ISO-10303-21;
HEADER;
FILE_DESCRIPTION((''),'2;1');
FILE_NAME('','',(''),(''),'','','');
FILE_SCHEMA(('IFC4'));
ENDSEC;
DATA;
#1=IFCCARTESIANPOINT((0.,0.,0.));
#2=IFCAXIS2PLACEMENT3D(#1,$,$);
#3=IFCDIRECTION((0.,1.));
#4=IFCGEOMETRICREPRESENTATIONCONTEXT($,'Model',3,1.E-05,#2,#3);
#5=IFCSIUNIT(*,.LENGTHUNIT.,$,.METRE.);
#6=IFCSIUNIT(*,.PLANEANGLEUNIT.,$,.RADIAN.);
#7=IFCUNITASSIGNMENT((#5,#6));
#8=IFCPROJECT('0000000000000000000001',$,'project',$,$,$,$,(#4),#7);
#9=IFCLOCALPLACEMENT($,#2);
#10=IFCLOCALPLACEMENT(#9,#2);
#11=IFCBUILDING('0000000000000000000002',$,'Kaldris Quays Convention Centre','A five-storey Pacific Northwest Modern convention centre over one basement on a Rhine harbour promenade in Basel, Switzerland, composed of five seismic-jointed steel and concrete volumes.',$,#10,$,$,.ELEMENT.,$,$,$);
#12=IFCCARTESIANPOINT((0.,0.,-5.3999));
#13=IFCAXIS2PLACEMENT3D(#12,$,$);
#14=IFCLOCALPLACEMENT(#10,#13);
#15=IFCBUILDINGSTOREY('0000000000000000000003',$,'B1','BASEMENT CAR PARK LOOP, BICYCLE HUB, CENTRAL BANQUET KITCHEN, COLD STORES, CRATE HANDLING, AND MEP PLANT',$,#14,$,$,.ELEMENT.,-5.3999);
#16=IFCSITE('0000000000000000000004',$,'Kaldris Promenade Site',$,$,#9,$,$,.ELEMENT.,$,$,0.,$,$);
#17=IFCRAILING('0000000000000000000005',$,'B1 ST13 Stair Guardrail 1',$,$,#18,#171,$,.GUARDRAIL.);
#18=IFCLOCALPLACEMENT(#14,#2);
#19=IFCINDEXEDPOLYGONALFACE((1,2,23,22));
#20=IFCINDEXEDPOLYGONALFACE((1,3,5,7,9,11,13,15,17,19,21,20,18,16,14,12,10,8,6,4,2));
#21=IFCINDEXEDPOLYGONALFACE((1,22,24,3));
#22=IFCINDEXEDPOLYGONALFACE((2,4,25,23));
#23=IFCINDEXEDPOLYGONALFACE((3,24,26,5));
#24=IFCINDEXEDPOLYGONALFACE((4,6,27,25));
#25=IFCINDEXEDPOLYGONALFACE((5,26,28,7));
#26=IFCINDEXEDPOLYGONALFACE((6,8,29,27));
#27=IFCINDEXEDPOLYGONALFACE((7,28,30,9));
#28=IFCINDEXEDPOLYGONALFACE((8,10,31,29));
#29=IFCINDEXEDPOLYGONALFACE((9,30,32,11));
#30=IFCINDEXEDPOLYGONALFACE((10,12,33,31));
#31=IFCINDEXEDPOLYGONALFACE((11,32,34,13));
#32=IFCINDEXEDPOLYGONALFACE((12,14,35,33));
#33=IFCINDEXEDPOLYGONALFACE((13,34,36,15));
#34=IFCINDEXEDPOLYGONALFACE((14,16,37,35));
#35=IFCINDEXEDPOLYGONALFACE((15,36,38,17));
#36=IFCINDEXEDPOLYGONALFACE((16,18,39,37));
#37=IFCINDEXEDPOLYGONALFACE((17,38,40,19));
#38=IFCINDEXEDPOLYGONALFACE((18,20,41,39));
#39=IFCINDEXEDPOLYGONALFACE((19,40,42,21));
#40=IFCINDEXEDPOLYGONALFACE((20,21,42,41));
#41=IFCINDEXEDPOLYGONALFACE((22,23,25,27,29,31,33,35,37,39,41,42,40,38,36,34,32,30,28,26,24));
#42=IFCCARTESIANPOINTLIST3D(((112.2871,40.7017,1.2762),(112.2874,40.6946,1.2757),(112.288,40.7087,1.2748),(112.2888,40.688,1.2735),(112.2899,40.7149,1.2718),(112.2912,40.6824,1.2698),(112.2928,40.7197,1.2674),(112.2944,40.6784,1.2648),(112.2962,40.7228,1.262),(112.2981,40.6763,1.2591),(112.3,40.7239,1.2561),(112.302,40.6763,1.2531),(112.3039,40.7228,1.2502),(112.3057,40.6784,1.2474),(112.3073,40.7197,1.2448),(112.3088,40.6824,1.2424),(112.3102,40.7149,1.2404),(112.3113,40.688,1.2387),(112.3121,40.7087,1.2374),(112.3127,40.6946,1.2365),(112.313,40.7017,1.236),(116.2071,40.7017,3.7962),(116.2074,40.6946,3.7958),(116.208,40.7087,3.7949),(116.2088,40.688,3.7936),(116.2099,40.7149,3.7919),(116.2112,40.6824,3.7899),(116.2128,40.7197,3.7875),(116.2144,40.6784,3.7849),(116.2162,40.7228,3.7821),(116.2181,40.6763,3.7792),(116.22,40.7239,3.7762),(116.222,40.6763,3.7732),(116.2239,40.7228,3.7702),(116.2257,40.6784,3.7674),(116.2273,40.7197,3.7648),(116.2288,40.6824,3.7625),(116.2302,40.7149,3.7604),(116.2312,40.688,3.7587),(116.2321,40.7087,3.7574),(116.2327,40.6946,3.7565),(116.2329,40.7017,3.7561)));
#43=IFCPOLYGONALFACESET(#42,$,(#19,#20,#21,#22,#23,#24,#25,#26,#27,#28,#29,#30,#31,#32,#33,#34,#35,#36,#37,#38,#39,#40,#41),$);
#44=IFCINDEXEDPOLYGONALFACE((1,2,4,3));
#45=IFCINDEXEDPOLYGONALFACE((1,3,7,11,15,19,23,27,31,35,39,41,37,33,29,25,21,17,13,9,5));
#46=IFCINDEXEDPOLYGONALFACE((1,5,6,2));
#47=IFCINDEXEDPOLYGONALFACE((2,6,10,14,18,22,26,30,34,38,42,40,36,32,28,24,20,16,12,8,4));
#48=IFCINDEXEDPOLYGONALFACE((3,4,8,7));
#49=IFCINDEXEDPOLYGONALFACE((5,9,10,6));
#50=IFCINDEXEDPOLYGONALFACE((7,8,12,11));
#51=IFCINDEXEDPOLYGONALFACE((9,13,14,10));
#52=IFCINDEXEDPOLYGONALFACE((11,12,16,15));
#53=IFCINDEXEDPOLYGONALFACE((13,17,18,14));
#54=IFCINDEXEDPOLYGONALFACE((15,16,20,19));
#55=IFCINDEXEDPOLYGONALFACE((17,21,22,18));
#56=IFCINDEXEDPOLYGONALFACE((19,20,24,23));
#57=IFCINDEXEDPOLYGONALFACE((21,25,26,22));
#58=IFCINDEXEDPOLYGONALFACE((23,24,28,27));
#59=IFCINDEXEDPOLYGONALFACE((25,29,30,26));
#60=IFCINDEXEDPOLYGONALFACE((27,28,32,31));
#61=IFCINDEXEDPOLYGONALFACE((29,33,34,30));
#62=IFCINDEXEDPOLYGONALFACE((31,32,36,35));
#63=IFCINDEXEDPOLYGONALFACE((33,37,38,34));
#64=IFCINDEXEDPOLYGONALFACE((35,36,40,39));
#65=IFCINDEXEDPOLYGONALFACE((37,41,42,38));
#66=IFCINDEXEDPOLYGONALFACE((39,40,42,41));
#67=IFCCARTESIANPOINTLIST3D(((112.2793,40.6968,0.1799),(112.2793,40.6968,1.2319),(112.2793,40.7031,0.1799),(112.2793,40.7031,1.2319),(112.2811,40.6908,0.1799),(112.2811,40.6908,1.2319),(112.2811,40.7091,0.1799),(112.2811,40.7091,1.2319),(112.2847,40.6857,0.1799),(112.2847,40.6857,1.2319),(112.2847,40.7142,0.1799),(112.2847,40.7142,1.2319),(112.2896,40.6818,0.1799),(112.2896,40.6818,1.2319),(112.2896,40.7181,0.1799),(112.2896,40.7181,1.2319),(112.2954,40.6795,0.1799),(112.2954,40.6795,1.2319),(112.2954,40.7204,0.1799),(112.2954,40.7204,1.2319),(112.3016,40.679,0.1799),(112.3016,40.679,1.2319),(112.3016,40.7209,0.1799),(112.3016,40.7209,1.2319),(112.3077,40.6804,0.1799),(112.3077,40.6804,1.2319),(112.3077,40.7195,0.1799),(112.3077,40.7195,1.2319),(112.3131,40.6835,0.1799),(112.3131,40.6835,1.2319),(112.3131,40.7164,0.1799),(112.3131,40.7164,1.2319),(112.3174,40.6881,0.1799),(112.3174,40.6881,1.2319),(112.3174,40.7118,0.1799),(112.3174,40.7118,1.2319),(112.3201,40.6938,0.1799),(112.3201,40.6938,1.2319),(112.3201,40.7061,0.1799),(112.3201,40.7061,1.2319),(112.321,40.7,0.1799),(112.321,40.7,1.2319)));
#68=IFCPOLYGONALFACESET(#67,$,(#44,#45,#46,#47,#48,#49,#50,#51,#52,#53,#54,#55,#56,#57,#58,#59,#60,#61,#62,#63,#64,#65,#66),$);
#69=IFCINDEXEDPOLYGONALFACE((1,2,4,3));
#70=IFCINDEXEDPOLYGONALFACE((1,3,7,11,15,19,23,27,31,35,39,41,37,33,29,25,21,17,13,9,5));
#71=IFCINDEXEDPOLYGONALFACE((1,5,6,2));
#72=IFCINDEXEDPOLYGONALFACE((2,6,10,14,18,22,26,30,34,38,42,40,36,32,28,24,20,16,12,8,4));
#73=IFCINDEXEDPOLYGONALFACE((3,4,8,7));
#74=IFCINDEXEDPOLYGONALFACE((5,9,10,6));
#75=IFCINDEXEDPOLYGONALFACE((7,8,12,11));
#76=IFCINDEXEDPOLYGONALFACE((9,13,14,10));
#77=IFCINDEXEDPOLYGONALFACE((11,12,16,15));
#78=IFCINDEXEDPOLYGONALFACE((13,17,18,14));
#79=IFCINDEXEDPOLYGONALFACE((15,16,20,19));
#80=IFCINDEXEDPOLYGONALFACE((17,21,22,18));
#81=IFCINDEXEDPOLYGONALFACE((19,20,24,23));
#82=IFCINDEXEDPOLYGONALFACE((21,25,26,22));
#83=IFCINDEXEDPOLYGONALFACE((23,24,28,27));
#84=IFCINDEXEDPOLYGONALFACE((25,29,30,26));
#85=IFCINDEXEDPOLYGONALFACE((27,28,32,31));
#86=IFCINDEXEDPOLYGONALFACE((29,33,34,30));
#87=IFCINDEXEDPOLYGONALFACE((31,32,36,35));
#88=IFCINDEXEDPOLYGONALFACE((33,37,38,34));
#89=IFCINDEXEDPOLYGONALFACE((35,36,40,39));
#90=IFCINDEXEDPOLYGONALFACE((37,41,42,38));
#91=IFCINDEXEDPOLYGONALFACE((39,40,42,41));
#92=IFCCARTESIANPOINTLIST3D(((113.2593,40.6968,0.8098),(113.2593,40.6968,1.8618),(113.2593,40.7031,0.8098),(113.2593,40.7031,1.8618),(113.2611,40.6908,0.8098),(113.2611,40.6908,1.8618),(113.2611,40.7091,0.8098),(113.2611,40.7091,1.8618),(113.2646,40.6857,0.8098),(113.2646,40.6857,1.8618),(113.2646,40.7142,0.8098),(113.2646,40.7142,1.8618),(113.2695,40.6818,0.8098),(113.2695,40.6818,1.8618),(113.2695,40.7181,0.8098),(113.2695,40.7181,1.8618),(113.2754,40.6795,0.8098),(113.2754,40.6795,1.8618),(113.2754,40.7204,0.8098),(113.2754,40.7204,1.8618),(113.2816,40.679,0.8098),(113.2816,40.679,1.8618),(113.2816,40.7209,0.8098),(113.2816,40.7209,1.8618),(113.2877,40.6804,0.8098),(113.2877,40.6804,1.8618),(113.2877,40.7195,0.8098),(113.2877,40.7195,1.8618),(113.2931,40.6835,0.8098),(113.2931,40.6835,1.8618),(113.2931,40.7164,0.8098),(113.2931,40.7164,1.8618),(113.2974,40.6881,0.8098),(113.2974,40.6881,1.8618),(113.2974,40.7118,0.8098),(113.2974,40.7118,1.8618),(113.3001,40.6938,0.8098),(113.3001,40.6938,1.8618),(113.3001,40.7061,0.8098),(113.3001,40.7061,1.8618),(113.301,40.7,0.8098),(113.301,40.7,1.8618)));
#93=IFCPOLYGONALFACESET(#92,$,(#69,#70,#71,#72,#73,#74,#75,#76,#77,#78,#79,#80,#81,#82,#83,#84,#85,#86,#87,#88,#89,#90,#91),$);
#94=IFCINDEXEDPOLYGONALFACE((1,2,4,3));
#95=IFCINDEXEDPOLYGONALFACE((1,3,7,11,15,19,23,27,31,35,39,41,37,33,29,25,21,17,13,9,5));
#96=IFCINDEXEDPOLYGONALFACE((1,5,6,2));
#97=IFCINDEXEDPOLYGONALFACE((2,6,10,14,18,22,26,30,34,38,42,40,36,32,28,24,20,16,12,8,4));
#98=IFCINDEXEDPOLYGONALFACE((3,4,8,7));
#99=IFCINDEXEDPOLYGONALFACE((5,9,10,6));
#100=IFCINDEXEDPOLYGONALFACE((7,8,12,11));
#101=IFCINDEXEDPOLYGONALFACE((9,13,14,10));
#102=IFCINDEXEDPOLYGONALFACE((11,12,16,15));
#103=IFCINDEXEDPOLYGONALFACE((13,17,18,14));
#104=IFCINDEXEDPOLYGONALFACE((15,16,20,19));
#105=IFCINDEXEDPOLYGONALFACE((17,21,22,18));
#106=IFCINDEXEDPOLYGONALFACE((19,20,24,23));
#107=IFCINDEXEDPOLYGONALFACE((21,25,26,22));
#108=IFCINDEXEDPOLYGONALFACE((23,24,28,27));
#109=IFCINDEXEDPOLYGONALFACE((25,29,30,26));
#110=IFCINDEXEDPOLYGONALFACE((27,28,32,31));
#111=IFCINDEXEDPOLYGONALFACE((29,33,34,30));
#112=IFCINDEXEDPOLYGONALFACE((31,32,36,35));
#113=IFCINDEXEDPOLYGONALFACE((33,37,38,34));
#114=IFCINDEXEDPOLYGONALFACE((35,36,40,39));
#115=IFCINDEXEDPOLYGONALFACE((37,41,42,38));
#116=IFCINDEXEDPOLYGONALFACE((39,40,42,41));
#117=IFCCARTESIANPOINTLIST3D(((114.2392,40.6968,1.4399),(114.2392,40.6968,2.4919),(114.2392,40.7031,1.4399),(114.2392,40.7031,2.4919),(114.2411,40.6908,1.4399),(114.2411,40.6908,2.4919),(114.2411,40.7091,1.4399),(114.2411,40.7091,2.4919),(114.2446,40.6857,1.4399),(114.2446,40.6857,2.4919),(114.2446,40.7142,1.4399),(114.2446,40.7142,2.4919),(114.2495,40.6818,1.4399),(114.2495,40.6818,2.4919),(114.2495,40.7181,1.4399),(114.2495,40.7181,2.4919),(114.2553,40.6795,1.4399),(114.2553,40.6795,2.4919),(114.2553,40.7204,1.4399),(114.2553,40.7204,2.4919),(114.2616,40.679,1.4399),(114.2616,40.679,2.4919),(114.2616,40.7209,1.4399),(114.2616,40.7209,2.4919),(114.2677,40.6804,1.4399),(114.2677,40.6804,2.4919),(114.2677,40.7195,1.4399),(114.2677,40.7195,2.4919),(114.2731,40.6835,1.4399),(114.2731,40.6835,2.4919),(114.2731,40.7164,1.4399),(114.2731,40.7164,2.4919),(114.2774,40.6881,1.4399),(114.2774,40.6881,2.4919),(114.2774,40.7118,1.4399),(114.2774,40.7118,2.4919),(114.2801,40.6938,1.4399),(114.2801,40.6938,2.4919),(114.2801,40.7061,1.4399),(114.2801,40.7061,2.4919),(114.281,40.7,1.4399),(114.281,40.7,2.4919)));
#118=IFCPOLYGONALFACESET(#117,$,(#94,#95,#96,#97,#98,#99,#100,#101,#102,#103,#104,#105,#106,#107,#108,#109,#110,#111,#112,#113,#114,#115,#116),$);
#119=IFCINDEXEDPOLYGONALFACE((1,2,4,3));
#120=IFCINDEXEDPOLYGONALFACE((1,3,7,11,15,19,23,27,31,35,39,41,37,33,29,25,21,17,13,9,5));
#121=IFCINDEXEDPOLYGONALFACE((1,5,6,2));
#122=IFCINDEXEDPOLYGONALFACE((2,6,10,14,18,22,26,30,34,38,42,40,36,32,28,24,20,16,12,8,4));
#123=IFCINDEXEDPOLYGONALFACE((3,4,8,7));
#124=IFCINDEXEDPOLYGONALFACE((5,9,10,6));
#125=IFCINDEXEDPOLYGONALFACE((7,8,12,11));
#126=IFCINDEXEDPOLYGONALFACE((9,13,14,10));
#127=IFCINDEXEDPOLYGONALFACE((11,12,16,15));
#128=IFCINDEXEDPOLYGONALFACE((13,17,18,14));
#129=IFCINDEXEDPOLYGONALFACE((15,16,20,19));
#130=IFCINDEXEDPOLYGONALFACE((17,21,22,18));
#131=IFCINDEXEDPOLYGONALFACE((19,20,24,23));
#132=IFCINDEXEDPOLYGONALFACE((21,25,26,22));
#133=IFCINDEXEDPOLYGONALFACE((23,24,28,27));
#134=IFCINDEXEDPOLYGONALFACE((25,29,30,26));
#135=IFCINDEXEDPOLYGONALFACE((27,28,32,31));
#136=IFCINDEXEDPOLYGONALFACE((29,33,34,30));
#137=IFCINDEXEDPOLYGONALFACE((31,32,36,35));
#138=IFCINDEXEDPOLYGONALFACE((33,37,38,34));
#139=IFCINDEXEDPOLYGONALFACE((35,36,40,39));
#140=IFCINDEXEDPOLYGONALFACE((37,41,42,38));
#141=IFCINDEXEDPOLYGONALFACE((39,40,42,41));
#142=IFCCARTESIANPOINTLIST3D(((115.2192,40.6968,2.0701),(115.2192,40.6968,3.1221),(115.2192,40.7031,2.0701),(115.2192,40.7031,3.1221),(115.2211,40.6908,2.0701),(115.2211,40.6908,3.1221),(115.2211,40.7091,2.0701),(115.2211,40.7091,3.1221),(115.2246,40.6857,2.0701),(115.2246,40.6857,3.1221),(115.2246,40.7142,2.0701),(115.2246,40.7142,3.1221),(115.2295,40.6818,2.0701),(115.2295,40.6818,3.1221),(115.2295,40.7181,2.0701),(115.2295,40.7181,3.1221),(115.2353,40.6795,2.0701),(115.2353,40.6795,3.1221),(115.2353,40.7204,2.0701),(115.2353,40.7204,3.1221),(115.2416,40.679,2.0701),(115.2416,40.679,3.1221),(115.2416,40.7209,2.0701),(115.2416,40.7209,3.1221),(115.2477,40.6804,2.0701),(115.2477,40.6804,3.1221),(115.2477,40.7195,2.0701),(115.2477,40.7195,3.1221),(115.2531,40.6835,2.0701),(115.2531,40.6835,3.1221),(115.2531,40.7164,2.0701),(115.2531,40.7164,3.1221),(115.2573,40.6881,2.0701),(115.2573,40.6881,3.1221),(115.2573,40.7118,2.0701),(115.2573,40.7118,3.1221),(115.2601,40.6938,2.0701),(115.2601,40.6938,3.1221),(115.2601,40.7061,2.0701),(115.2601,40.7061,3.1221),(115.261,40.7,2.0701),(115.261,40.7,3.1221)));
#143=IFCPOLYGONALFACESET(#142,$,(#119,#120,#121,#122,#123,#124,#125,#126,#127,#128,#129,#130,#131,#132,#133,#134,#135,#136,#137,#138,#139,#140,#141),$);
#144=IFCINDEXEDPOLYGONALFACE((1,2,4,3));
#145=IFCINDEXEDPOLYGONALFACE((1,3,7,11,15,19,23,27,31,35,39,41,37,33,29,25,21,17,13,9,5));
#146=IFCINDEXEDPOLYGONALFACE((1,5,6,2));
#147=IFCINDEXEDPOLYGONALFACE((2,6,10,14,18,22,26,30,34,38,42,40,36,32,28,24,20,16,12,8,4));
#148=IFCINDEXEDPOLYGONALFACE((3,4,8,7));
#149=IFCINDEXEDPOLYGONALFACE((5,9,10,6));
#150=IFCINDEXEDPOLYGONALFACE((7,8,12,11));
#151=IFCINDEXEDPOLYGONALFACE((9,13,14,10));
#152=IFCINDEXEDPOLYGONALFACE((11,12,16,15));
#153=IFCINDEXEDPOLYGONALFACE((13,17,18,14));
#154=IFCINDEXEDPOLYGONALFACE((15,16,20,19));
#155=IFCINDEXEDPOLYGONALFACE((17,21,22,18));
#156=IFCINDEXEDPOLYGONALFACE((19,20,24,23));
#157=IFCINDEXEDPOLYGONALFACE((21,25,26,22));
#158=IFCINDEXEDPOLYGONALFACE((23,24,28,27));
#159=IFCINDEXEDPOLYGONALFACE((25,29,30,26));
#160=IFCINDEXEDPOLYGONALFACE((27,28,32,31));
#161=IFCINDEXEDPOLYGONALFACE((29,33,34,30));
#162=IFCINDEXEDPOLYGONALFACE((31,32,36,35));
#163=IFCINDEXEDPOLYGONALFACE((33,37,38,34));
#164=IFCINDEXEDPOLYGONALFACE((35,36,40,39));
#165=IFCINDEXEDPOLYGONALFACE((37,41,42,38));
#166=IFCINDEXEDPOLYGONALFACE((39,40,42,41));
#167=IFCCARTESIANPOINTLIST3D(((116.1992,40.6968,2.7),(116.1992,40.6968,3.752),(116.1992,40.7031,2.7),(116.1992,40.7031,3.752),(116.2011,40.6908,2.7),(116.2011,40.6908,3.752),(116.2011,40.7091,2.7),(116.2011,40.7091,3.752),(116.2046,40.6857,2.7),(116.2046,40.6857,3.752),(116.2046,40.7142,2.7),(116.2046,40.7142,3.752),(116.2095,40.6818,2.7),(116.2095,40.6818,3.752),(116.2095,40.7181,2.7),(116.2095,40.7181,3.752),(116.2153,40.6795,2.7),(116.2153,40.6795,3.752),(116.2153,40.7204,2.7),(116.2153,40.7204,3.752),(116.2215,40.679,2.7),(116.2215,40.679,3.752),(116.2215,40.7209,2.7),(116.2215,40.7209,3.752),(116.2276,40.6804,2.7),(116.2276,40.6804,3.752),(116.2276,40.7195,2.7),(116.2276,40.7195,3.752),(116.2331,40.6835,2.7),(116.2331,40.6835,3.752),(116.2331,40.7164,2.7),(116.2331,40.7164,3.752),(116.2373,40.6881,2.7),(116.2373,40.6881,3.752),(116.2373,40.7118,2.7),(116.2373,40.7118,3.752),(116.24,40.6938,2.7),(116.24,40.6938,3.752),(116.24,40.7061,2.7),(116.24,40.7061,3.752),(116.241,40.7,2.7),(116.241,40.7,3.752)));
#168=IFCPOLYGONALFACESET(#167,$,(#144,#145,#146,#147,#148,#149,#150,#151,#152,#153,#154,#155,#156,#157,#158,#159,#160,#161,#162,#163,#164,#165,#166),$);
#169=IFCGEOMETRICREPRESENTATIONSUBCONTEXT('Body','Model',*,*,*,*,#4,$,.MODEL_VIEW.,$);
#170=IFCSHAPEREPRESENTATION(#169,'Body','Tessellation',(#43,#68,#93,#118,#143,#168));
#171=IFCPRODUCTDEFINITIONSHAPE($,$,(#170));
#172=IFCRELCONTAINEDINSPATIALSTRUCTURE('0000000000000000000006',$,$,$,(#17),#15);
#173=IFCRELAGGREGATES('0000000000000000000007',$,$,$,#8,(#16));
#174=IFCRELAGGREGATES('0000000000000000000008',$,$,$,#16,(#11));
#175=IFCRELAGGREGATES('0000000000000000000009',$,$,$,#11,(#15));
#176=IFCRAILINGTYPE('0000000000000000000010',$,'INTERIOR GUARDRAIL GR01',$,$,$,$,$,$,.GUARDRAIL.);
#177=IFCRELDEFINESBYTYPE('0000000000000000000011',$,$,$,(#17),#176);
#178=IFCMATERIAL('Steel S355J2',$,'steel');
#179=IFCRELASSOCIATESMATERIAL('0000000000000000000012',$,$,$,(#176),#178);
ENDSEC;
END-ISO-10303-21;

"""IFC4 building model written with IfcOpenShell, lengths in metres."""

from ifc_helpers import new_model, si_unit, direction, frame, origin, origin_2d, place, context, subcontext, project, spatial, circle, extrude, material, type_object, element, save


model = new_model("IFC4")

# Units and contexts
model_context = context("Model", 3, precision=1e-05, world=origin(), true_north=direction((0.0, 1.0)))
body_context = subcontext(model_context, "Body", "Model", "MODEL_VIEW")
ifc_project = project(units=[si_unit("LENGTHUNIT", "METRE"), si_unit("PLANEANGLEUNIT", "RADIAN")], contexts=[model_context])

# Site, building, storey
site_placement = place(None, origin())
site = spatial("IfcSite", under=ifc_project, at=site_placement, Name="Kaldris Promenade Site", CompositionType="ELEMENT", RefElevation=0.0)
building_placement = place(site_placement, origin())
building = spatial("IfcBuilding", under=site, at=building_placement, Name="Kaldris Quays Convention Centre", Description="A five-storey Pacific Northwest Modern convention centre over one basement on a Rhine harbour promenade in Basel, Switzerland, composed of five seismic-jointed steel and concrete volumes.", CompositionType="ELEMENT")
storey_placement = place(building_placement, frame((0.0, 0.0, -5.3999)))
storey = spatial("IfcBuildingStorey", under=building, at=storey_placement, Name="B1", Description="BASEMENT CAR PARK LOOP, BICYCLE HUB, CENTRAL BANQUET KITCHEN, COLD STORES, CRATE HANDLING, AND MEP PLANT", CompositionType="ELEMENT", Elevation=-5.3999)

# Shared definitions
ifc_material_1 = material(Name="Steel S355J2", Category="steel")

# Railing
railing_type_1 = type_object("IfcRailingType", Name="INTERIOR GUARDRAIL GR01", PredefinedType="GUARDRAIL", material=ifc_material_1)
railing_1_placement = place(storey_placement, frame((112.3, 40.7, 0.1799)))
element("IfcRailing", 1, at=railing_1_placement, inside=storey, type_object=railing_type_1, Name="B1 ST13 Stair Guardrail 1", PredefinedType="GUARDRAIL", context=body_context, shape_type="SweptSolid", body=[
    extrude(circle(Radius=0.0239, at=origin_2d()), frame((0.0, 0.0, 1.0762), z_axis=(0.841172, 0.0, 0.540768), x_axis=(0.0, 1.0, 0.0)), (0.0, 0.0, 1.0), 4.6602),
    extrude(circle(Radius=0.021, at=origin_2d()), origin(), (0.0, 0.0, 1.0), 1.052),
    extrude(circle(Radius=0.021, at=origin_2d()), frame((0.98, 0.0, 0.6299)), (0.0, 0.0, 1.0), 1.052),
    extrude(circle(Radius=0.021, at=origin_2d()), frame((1.96, 0.0, 1.26)), (0.0, 0.0, 1.0), 1.052),
    extrude(circle(Radius=0.021, at=origin_2d()), frame((2.9399, 0.0, 1.8901)), (0.0, 0.0, 1.0), 1.052),
    extrude(circle(Radius=0.021, at=origin_2d()), frame((3.9199, 0.0, 2.52)), (0.0, 0.0, 1.0), 1.052),
])

save(model, "model.ifc")
